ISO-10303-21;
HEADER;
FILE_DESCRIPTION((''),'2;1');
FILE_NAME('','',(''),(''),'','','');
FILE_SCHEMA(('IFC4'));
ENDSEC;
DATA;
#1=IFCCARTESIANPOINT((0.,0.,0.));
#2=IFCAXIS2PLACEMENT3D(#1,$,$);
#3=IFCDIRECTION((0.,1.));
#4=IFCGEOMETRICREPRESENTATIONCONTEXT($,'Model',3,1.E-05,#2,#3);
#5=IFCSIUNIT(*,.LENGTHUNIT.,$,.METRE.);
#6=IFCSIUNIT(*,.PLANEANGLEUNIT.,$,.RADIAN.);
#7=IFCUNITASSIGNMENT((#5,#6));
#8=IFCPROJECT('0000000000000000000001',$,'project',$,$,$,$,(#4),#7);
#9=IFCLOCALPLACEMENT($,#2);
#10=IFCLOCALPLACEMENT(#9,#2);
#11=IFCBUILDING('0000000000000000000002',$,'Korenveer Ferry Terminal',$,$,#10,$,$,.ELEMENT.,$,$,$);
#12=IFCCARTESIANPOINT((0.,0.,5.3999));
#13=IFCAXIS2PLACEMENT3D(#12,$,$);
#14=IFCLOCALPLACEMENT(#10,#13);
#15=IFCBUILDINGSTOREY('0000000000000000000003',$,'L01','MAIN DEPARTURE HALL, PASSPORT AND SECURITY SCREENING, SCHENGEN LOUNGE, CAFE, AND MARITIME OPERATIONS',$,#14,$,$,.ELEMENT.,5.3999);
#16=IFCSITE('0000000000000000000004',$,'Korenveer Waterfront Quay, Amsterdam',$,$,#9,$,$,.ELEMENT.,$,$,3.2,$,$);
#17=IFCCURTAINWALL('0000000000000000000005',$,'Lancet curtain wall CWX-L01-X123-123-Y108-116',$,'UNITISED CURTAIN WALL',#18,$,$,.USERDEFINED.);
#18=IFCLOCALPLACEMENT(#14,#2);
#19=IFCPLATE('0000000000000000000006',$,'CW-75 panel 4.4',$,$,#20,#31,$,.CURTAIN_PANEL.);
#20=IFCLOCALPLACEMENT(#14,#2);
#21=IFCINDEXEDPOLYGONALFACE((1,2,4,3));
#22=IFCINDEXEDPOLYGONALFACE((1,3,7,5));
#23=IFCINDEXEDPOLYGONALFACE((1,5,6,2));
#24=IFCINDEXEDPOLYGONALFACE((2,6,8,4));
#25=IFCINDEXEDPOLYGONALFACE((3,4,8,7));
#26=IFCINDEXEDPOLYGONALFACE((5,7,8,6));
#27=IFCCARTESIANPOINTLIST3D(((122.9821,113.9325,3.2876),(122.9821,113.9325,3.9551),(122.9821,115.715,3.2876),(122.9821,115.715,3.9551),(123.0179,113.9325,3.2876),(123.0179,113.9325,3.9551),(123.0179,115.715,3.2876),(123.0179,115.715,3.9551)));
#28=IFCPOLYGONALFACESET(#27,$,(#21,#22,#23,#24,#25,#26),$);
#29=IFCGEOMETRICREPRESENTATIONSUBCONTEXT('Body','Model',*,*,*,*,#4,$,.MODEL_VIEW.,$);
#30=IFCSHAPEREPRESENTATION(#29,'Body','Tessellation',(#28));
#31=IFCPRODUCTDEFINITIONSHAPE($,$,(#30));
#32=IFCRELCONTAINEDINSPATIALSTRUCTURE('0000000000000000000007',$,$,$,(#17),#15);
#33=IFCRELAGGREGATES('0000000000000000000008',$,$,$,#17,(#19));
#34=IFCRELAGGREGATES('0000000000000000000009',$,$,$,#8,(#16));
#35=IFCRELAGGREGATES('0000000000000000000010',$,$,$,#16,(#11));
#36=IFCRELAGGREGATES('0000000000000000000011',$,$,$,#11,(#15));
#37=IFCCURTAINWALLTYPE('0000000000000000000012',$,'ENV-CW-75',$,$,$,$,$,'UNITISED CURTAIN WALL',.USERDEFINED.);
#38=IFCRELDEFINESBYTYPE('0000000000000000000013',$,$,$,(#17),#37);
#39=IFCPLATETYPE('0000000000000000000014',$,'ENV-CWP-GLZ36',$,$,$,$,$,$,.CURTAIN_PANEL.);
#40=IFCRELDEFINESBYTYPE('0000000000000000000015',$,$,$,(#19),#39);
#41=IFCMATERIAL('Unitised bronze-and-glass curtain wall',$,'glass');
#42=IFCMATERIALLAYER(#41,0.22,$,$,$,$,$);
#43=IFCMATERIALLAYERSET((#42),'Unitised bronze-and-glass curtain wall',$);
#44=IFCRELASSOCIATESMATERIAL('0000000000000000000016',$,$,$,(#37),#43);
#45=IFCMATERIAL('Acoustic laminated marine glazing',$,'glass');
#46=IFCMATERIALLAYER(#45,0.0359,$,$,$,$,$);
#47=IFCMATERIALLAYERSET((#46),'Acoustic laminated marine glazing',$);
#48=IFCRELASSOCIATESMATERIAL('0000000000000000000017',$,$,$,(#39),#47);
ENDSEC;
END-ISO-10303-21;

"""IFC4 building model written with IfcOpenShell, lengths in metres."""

from ifc_helpers import new_model, si_unit, direction, frame, origin, origin_2d, place, context, subcontext, project, spatial, rectangle, extrude, material, layer, layer_set, type_object, element, aggregate, save


model = new_model("IFC4")

# Units and contexts
model_context = context("Model", 3, precision=1e-05, world=origin(), true_north=direction((0.0, 1.0)))
body_context = subcontext(model_context, "Body", "Model", "MODEL_VIEW")
ifc_project = project(units=[si_unit("LENGTHUNIT", "METRE"), si_unit("PLANEANGLEUNIT", "RADIAN")], contexts=[model_context])

# Site, building, storey
site_placement = place(None, origin())
site = spatial("IfcSite", under=ifc_project, at=site_placement, Name="Korenveer Waterfront Quay, Amsterdam", CompositionType="ELEMENT", RefElevation=3.2)
building_placement = place(site_placement, origin())
building = spatial("IfcBuilding", under=site, at=building_placement, Name="Korenveer Ferry Terminal", CompositionType="ELEMENT")
storey_placement = place(building_placement, frame((0.0, 0.0, 5.3999)))
storey = spatial("IfcBuildingStorey", under=building, at=storey_placement, Name="L01", Description="MAIN DEPARTURE HALL, PASSPORT AND SECURITY SCREENING, SCHENGEN LOUNGE, CAFE, AND MARITIME OPERATIONS", CompositionType="ELEMENT", Elevation=5.3999)

# Shared definitions
ifc_material_1 = material(Name="Unitised bronze-and-glass curtain wall", Category="glass")

# Curtain wall
ifc_layer_1 = layer(ifc_material_1, 0.22)
ifc_layer_set_1 = layer_set([ifc_layer_1], Name="Unitised bronze-and-glass curtain wall")
curtain_wall_type_1 = type_object("IfcCurtainWallType", Name="ENV-CW-75", ElementType="UNITISED CURTAIN WALL", PredefinedType="USERDEFINED", material=ifc_layer_set_1)
curtain_wall_1_placement = place(storey_placement, frame((123.0, 108.21, 0.0)))
curtain_wall_1 = element("IfcCurtainWall", 1, at=curtain_wall_1_placement, inside=storey, type_object=curtain_wall_type_1, Name="Lancet curtain wall CWX-L01-X123-123-Y108-116", ObjectType="UNITISED CURTAIN WALL", PredefinedType="USERDEFINED")

# Plate
ifc_material_2 = material(Name="Acoustic laminated marine glazing", Category="glass")
ifc_layer_2 = layer(ifc_material_2, 0.0359)
ifc_layer_set_2 = layer_set([ifc_layer_2], Name="Acoustic laminated marine glazing")
plate_type = type_object("IfcPlateType", Name="ENV-CWP-GLZ36", PredefinedType="CURTAIN_PANEL", material=ifc_layer_set_2)
plate_1_placement = place(storey_placement, frame((123.0, 114.8237, 3.2876), z_axis=(0.0, 0.0, 1.0), x_axis=(0.0, 1.0, 0.0)))
plate_1 = element("IfcPlate", 2, at=plate_1_placement, type_object=plate_type, Name="CW-75 panel 4.4", PredefinedType="CURTAIN_PANEL", context=body_context, shape_type="SweptSolid", body=[
    extrude(rectangle(XDim=1.7825, YDim=0.0359, at=origin_2d()), origin(), (0.0, 0.0, 1.0), 0.6675),
])
aggregate(curtain_wall_1, [plate_1])

save(model, "model.ifc")
